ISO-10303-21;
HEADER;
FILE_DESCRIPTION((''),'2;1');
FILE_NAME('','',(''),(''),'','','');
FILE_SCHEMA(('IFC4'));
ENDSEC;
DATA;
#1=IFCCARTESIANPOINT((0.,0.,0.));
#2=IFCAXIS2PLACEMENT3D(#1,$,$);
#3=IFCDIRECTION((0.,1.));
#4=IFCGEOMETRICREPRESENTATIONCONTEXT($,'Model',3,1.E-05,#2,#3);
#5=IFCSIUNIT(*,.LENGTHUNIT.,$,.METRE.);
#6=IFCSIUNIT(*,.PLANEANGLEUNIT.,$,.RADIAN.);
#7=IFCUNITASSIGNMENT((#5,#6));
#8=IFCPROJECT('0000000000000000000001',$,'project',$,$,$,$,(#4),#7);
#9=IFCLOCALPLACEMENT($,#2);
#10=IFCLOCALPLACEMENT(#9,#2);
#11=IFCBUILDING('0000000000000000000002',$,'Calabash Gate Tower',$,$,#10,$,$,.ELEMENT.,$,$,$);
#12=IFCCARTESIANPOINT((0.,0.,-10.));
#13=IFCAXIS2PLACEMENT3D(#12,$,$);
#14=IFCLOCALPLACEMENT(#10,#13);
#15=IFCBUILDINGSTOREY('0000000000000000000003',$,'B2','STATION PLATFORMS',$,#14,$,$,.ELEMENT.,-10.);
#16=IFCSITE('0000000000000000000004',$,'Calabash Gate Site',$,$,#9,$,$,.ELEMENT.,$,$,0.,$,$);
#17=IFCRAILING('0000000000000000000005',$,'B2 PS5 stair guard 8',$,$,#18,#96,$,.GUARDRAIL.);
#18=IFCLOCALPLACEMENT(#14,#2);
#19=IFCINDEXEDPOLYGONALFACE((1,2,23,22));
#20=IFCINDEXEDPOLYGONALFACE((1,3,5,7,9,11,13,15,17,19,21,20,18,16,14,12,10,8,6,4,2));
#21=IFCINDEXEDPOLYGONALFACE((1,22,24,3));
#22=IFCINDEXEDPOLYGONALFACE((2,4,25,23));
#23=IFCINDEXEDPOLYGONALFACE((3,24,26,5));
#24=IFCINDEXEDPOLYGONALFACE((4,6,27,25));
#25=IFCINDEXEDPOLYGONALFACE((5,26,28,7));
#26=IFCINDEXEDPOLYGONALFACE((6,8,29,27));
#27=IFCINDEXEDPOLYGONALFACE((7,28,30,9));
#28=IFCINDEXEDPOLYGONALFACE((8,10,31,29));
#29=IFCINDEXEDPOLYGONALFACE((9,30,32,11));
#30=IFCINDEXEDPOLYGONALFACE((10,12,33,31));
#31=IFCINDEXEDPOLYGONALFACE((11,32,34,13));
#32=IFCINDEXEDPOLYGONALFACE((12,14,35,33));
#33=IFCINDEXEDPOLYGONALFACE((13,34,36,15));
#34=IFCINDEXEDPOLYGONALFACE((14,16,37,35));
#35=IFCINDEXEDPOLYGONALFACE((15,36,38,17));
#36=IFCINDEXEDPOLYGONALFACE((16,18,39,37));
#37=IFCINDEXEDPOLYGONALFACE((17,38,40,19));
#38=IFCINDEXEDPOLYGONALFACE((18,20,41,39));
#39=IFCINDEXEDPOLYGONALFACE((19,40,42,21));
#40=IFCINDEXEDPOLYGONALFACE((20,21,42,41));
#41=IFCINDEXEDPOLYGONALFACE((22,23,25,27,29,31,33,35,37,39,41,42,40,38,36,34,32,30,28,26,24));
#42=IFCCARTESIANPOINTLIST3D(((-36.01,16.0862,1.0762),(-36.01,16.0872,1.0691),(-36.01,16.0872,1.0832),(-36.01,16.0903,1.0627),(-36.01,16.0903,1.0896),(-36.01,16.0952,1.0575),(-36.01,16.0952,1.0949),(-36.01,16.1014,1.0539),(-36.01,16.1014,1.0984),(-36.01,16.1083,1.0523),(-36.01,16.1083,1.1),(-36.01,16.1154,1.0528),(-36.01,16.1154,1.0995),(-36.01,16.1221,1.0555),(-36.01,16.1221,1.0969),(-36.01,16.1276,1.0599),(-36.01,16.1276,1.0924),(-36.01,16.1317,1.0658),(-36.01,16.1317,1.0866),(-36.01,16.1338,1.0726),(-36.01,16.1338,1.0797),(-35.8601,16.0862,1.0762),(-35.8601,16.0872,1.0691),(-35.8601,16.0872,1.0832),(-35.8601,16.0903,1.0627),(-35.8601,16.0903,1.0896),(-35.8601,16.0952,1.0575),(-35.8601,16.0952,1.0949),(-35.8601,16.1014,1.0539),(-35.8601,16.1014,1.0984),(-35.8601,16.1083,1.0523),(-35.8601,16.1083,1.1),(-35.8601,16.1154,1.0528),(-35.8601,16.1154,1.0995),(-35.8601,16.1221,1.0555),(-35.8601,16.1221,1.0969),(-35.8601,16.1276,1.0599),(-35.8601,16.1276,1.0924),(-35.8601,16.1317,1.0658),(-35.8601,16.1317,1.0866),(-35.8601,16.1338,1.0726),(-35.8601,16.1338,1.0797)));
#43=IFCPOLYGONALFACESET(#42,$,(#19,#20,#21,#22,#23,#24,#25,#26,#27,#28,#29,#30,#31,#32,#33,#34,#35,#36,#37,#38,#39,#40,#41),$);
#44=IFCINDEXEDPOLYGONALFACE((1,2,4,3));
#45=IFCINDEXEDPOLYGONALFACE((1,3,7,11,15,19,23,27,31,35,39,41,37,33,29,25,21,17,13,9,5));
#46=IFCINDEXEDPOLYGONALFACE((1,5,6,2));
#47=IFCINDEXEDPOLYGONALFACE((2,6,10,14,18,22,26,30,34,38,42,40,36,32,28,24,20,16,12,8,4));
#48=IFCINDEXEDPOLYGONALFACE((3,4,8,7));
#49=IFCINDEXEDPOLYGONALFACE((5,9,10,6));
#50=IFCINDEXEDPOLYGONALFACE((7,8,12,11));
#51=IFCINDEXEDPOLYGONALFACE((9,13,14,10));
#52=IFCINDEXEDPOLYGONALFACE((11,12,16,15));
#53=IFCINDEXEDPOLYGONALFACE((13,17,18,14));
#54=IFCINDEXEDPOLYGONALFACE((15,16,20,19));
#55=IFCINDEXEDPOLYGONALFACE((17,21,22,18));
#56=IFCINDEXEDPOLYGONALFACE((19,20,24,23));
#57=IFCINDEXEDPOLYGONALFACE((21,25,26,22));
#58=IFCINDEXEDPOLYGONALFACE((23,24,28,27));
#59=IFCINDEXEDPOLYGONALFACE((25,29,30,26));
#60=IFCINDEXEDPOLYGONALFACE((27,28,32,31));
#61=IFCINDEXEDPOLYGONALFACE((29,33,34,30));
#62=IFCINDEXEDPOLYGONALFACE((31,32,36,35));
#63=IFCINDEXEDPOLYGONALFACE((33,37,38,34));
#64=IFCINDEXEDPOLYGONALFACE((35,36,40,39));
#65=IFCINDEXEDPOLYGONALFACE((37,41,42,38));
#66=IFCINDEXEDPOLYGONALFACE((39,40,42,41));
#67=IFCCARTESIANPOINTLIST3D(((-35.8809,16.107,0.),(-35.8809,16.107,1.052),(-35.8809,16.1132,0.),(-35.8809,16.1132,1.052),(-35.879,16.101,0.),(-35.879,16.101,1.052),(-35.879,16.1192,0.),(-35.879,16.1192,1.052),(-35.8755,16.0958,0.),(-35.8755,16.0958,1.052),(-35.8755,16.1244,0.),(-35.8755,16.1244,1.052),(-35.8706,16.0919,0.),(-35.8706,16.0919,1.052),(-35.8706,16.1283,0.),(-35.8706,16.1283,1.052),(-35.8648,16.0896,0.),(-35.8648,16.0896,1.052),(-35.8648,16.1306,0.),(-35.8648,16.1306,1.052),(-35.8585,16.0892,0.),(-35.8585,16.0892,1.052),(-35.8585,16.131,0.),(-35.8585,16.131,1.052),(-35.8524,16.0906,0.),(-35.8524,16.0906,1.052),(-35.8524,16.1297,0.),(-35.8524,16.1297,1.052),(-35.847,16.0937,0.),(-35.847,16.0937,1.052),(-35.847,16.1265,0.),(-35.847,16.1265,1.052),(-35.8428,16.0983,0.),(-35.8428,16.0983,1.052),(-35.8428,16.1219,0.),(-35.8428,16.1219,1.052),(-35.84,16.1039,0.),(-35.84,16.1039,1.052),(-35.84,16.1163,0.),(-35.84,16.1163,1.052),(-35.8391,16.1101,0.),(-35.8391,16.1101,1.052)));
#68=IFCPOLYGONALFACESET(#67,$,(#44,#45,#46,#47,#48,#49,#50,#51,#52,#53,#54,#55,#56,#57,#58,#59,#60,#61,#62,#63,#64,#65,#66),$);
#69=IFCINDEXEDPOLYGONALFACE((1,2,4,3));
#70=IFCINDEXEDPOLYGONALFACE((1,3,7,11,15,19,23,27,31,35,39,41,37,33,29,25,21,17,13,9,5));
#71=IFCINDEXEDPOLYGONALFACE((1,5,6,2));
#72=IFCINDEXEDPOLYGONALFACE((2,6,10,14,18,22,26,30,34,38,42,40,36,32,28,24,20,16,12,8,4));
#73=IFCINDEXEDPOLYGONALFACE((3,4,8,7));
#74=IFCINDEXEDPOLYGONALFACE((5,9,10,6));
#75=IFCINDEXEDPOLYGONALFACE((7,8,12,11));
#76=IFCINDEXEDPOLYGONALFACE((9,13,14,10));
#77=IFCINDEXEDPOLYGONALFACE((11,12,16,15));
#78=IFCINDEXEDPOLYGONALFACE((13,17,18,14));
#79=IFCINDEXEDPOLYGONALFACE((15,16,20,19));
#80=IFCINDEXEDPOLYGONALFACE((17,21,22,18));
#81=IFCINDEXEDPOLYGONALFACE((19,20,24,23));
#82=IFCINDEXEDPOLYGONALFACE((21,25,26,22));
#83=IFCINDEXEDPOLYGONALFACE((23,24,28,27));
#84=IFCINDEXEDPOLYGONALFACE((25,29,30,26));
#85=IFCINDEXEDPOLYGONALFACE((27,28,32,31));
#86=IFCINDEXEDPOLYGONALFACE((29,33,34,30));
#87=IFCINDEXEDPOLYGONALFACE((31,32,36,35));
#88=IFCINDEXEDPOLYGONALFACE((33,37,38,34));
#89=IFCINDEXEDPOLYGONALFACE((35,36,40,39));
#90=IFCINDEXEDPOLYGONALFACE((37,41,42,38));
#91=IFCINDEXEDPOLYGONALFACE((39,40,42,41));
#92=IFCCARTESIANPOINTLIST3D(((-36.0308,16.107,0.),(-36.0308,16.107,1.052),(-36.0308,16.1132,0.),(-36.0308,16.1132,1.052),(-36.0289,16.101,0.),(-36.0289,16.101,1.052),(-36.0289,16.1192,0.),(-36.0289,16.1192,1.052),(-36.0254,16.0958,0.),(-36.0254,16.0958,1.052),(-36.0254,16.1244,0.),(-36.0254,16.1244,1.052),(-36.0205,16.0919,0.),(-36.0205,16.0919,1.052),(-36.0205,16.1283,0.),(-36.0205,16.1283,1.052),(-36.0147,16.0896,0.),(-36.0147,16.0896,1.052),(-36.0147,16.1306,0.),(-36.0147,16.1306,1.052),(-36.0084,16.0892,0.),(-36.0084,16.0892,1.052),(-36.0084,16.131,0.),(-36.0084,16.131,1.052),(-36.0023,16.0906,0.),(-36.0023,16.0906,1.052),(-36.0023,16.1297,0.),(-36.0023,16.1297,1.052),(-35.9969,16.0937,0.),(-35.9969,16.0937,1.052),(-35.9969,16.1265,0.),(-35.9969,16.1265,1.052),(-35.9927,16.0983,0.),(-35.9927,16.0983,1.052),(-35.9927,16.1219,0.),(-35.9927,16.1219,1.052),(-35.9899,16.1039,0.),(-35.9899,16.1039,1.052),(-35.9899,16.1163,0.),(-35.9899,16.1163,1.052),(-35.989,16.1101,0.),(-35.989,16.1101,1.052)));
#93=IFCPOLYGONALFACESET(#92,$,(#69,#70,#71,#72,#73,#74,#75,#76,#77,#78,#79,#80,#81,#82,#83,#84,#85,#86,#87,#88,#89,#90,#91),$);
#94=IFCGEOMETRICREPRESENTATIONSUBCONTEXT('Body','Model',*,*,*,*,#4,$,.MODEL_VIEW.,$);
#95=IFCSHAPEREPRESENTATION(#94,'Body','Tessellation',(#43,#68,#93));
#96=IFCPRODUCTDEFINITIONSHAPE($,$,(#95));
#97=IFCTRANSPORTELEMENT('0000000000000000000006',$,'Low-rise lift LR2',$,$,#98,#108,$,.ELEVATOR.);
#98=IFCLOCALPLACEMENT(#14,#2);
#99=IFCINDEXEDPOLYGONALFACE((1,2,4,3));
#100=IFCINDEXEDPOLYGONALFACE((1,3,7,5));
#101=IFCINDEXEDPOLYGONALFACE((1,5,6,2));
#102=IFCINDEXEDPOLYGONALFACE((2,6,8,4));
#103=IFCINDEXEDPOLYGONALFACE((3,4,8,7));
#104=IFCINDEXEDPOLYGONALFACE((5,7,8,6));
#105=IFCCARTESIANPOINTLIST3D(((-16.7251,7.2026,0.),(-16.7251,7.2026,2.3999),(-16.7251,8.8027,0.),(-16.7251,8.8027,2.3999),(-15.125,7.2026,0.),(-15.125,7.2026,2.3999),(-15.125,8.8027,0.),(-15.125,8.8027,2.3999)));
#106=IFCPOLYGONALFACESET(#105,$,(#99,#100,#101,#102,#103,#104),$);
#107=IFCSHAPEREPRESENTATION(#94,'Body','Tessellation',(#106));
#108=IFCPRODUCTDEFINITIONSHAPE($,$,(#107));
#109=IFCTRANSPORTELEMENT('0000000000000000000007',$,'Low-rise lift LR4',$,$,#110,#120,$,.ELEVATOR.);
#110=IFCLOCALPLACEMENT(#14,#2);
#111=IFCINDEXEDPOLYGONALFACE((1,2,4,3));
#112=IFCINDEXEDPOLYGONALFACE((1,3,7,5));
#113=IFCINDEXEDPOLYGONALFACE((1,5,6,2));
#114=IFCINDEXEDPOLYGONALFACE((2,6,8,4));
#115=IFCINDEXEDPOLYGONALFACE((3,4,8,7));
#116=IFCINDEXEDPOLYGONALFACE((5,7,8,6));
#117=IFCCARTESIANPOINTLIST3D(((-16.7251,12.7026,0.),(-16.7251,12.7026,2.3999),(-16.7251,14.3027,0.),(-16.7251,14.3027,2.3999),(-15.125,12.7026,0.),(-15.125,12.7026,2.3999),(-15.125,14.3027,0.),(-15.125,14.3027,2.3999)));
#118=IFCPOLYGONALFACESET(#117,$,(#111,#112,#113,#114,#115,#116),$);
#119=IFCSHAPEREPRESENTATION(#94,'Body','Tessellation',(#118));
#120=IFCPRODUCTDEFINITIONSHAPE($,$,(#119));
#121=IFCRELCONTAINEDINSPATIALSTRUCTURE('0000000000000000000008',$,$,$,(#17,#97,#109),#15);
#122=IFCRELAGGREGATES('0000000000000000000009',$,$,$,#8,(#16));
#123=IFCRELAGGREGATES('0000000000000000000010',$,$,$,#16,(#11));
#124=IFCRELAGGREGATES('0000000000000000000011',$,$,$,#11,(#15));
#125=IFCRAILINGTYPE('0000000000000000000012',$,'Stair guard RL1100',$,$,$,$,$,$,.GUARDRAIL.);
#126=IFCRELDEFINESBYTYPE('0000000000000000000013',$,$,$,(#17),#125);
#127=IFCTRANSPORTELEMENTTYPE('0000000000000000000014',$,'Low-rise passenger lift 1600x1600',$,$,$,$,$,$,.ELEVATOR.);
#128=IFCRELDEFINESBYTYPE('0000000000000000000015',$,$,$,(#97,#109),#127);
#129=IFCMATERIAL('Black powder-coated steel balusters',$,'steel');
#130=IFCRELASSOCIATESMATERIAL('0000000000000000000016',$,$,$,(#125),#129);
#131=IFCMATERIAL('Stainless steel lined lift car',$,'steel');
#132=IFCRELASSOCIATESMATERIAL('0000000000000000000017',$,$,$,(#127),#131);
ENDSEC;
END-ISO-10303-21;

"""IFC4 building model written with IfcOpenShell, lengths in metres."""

from ifc_helpers import new_model, si_unit, direction, frame, origin, origin_2d, place, context, subcontext, project, spatial, rectangle, circle, extrude, material, type_object, element, save


model = new_model("IFC4")

# Units and contexts
model_context = context("Model", 3, precision=1e-05, world=origin(), true_north=direction((0.0, 1.0)))
body_context = subcontext(model_context, "Body", "Model", "MODEL_VIEW")
ifc_project = project(units=[si_unit("LENGTHUNIT", "METRE"), si_unit("PLANEANGLEUNIT", "RADIAN")], contexts=[model_context])

# Site, building, storey
site_placement = place(None, origin())
site = spatial("IfcSite", under=ifc_project, at=site_placement, Name="Calabash Gate Site", CompositionType="ELEMENT", RefElevation=0.0)
building_placement = place(site_placement, origin())
building = spatial("IfcBuilding", under=site, at=building_placement, Name="Calabash Gate Tower", CompositionType="ELEMENT")
storey_placement = place(building_placement, frame((0.0, 0.0, -10.0)))
storey = spatial("IfcBuildingStorey", under=building, at=storey_placement, Name="B2", Description="STATION PLATFORMS", CompositionType="ELEMENT", Elevation=-10.0)

# Railing
ifc_material_1 = material(Name="Black powder-coated steel balusters", Category="steel")
railing_type = type_object("IfcRailingType", Name="Stair guard RL1100", PredefinedType="GUARDRAIL", material=ifc_material_1)
railing_1_placement = place(storey_placement, frame((-35.8601, 16.1101, 0.0)))
element("IfcRailing", 1, at=railing_1_placement, inside=storey, type_object=railing_type, Name="B2 PS5 stair guard 8", PredefinedType="GUARDRAIL", context=body_context, shape_type="SweptSolid", body=[
    extrude(circle(Radius=0.0239, at=origin_2d()), frame((0.0, 0.0, 1.0762), z_axis=(-1.0, 0.0, 0.0), x_axis=(0.0, -1.0, 0.0)), (0.0, 0.0, 1.0), 0.1499),
    extrude(circle(Radius=0.021, at=origin_2d()), origin(), (0.0, 0.0, 1.0), 1.052),
    extrude(circle(Radius=0.021, at=origin_2d()), frame((-0.1499, 0.0, 0.0)), (0.0, 0.0, 1.0), 1.052),
])

# Transport elements
ifc_material_2 = material(Name="Stainless steel lined lift car", Category="steel")
transport_element_type = type_object("IfcTransportElementType", Name="Low-rise passenger lift 1600x1600", PredefinedType="ELEVATOR", material=ifc_material_2)
for number, where, z_axis, x_axis, name in (
    (2, (-15.925, 8.0027, 0.0), (0.0, 0.0, 1.0), (1.0, 0.0, 0.0), "Low-rise lift LR2"),
    (3, (-15.925, 13.5027, 0.0), (0.0, 0.0, 1.0), (1.0, 0.0, 0.0), "Low-rise lift LR4"),
):
    element("IfcTransportElement", number, at=place(storey_placement, frame(where, z_axis=z_axis, x_axis=x_axis)), inside=storey, type_object=transport_element_type, Name=name, PredefinedType="ELEVATOR", context=body_context, shape_type="SweptSolid", body=[
        extrude(rectangle(XDim=1.6001, YDim=1.6001, at=origin_2d()), origin(), (0.0, 0.0, 1.0), 2.3999),
    ])

save(model, "model.ifc")
